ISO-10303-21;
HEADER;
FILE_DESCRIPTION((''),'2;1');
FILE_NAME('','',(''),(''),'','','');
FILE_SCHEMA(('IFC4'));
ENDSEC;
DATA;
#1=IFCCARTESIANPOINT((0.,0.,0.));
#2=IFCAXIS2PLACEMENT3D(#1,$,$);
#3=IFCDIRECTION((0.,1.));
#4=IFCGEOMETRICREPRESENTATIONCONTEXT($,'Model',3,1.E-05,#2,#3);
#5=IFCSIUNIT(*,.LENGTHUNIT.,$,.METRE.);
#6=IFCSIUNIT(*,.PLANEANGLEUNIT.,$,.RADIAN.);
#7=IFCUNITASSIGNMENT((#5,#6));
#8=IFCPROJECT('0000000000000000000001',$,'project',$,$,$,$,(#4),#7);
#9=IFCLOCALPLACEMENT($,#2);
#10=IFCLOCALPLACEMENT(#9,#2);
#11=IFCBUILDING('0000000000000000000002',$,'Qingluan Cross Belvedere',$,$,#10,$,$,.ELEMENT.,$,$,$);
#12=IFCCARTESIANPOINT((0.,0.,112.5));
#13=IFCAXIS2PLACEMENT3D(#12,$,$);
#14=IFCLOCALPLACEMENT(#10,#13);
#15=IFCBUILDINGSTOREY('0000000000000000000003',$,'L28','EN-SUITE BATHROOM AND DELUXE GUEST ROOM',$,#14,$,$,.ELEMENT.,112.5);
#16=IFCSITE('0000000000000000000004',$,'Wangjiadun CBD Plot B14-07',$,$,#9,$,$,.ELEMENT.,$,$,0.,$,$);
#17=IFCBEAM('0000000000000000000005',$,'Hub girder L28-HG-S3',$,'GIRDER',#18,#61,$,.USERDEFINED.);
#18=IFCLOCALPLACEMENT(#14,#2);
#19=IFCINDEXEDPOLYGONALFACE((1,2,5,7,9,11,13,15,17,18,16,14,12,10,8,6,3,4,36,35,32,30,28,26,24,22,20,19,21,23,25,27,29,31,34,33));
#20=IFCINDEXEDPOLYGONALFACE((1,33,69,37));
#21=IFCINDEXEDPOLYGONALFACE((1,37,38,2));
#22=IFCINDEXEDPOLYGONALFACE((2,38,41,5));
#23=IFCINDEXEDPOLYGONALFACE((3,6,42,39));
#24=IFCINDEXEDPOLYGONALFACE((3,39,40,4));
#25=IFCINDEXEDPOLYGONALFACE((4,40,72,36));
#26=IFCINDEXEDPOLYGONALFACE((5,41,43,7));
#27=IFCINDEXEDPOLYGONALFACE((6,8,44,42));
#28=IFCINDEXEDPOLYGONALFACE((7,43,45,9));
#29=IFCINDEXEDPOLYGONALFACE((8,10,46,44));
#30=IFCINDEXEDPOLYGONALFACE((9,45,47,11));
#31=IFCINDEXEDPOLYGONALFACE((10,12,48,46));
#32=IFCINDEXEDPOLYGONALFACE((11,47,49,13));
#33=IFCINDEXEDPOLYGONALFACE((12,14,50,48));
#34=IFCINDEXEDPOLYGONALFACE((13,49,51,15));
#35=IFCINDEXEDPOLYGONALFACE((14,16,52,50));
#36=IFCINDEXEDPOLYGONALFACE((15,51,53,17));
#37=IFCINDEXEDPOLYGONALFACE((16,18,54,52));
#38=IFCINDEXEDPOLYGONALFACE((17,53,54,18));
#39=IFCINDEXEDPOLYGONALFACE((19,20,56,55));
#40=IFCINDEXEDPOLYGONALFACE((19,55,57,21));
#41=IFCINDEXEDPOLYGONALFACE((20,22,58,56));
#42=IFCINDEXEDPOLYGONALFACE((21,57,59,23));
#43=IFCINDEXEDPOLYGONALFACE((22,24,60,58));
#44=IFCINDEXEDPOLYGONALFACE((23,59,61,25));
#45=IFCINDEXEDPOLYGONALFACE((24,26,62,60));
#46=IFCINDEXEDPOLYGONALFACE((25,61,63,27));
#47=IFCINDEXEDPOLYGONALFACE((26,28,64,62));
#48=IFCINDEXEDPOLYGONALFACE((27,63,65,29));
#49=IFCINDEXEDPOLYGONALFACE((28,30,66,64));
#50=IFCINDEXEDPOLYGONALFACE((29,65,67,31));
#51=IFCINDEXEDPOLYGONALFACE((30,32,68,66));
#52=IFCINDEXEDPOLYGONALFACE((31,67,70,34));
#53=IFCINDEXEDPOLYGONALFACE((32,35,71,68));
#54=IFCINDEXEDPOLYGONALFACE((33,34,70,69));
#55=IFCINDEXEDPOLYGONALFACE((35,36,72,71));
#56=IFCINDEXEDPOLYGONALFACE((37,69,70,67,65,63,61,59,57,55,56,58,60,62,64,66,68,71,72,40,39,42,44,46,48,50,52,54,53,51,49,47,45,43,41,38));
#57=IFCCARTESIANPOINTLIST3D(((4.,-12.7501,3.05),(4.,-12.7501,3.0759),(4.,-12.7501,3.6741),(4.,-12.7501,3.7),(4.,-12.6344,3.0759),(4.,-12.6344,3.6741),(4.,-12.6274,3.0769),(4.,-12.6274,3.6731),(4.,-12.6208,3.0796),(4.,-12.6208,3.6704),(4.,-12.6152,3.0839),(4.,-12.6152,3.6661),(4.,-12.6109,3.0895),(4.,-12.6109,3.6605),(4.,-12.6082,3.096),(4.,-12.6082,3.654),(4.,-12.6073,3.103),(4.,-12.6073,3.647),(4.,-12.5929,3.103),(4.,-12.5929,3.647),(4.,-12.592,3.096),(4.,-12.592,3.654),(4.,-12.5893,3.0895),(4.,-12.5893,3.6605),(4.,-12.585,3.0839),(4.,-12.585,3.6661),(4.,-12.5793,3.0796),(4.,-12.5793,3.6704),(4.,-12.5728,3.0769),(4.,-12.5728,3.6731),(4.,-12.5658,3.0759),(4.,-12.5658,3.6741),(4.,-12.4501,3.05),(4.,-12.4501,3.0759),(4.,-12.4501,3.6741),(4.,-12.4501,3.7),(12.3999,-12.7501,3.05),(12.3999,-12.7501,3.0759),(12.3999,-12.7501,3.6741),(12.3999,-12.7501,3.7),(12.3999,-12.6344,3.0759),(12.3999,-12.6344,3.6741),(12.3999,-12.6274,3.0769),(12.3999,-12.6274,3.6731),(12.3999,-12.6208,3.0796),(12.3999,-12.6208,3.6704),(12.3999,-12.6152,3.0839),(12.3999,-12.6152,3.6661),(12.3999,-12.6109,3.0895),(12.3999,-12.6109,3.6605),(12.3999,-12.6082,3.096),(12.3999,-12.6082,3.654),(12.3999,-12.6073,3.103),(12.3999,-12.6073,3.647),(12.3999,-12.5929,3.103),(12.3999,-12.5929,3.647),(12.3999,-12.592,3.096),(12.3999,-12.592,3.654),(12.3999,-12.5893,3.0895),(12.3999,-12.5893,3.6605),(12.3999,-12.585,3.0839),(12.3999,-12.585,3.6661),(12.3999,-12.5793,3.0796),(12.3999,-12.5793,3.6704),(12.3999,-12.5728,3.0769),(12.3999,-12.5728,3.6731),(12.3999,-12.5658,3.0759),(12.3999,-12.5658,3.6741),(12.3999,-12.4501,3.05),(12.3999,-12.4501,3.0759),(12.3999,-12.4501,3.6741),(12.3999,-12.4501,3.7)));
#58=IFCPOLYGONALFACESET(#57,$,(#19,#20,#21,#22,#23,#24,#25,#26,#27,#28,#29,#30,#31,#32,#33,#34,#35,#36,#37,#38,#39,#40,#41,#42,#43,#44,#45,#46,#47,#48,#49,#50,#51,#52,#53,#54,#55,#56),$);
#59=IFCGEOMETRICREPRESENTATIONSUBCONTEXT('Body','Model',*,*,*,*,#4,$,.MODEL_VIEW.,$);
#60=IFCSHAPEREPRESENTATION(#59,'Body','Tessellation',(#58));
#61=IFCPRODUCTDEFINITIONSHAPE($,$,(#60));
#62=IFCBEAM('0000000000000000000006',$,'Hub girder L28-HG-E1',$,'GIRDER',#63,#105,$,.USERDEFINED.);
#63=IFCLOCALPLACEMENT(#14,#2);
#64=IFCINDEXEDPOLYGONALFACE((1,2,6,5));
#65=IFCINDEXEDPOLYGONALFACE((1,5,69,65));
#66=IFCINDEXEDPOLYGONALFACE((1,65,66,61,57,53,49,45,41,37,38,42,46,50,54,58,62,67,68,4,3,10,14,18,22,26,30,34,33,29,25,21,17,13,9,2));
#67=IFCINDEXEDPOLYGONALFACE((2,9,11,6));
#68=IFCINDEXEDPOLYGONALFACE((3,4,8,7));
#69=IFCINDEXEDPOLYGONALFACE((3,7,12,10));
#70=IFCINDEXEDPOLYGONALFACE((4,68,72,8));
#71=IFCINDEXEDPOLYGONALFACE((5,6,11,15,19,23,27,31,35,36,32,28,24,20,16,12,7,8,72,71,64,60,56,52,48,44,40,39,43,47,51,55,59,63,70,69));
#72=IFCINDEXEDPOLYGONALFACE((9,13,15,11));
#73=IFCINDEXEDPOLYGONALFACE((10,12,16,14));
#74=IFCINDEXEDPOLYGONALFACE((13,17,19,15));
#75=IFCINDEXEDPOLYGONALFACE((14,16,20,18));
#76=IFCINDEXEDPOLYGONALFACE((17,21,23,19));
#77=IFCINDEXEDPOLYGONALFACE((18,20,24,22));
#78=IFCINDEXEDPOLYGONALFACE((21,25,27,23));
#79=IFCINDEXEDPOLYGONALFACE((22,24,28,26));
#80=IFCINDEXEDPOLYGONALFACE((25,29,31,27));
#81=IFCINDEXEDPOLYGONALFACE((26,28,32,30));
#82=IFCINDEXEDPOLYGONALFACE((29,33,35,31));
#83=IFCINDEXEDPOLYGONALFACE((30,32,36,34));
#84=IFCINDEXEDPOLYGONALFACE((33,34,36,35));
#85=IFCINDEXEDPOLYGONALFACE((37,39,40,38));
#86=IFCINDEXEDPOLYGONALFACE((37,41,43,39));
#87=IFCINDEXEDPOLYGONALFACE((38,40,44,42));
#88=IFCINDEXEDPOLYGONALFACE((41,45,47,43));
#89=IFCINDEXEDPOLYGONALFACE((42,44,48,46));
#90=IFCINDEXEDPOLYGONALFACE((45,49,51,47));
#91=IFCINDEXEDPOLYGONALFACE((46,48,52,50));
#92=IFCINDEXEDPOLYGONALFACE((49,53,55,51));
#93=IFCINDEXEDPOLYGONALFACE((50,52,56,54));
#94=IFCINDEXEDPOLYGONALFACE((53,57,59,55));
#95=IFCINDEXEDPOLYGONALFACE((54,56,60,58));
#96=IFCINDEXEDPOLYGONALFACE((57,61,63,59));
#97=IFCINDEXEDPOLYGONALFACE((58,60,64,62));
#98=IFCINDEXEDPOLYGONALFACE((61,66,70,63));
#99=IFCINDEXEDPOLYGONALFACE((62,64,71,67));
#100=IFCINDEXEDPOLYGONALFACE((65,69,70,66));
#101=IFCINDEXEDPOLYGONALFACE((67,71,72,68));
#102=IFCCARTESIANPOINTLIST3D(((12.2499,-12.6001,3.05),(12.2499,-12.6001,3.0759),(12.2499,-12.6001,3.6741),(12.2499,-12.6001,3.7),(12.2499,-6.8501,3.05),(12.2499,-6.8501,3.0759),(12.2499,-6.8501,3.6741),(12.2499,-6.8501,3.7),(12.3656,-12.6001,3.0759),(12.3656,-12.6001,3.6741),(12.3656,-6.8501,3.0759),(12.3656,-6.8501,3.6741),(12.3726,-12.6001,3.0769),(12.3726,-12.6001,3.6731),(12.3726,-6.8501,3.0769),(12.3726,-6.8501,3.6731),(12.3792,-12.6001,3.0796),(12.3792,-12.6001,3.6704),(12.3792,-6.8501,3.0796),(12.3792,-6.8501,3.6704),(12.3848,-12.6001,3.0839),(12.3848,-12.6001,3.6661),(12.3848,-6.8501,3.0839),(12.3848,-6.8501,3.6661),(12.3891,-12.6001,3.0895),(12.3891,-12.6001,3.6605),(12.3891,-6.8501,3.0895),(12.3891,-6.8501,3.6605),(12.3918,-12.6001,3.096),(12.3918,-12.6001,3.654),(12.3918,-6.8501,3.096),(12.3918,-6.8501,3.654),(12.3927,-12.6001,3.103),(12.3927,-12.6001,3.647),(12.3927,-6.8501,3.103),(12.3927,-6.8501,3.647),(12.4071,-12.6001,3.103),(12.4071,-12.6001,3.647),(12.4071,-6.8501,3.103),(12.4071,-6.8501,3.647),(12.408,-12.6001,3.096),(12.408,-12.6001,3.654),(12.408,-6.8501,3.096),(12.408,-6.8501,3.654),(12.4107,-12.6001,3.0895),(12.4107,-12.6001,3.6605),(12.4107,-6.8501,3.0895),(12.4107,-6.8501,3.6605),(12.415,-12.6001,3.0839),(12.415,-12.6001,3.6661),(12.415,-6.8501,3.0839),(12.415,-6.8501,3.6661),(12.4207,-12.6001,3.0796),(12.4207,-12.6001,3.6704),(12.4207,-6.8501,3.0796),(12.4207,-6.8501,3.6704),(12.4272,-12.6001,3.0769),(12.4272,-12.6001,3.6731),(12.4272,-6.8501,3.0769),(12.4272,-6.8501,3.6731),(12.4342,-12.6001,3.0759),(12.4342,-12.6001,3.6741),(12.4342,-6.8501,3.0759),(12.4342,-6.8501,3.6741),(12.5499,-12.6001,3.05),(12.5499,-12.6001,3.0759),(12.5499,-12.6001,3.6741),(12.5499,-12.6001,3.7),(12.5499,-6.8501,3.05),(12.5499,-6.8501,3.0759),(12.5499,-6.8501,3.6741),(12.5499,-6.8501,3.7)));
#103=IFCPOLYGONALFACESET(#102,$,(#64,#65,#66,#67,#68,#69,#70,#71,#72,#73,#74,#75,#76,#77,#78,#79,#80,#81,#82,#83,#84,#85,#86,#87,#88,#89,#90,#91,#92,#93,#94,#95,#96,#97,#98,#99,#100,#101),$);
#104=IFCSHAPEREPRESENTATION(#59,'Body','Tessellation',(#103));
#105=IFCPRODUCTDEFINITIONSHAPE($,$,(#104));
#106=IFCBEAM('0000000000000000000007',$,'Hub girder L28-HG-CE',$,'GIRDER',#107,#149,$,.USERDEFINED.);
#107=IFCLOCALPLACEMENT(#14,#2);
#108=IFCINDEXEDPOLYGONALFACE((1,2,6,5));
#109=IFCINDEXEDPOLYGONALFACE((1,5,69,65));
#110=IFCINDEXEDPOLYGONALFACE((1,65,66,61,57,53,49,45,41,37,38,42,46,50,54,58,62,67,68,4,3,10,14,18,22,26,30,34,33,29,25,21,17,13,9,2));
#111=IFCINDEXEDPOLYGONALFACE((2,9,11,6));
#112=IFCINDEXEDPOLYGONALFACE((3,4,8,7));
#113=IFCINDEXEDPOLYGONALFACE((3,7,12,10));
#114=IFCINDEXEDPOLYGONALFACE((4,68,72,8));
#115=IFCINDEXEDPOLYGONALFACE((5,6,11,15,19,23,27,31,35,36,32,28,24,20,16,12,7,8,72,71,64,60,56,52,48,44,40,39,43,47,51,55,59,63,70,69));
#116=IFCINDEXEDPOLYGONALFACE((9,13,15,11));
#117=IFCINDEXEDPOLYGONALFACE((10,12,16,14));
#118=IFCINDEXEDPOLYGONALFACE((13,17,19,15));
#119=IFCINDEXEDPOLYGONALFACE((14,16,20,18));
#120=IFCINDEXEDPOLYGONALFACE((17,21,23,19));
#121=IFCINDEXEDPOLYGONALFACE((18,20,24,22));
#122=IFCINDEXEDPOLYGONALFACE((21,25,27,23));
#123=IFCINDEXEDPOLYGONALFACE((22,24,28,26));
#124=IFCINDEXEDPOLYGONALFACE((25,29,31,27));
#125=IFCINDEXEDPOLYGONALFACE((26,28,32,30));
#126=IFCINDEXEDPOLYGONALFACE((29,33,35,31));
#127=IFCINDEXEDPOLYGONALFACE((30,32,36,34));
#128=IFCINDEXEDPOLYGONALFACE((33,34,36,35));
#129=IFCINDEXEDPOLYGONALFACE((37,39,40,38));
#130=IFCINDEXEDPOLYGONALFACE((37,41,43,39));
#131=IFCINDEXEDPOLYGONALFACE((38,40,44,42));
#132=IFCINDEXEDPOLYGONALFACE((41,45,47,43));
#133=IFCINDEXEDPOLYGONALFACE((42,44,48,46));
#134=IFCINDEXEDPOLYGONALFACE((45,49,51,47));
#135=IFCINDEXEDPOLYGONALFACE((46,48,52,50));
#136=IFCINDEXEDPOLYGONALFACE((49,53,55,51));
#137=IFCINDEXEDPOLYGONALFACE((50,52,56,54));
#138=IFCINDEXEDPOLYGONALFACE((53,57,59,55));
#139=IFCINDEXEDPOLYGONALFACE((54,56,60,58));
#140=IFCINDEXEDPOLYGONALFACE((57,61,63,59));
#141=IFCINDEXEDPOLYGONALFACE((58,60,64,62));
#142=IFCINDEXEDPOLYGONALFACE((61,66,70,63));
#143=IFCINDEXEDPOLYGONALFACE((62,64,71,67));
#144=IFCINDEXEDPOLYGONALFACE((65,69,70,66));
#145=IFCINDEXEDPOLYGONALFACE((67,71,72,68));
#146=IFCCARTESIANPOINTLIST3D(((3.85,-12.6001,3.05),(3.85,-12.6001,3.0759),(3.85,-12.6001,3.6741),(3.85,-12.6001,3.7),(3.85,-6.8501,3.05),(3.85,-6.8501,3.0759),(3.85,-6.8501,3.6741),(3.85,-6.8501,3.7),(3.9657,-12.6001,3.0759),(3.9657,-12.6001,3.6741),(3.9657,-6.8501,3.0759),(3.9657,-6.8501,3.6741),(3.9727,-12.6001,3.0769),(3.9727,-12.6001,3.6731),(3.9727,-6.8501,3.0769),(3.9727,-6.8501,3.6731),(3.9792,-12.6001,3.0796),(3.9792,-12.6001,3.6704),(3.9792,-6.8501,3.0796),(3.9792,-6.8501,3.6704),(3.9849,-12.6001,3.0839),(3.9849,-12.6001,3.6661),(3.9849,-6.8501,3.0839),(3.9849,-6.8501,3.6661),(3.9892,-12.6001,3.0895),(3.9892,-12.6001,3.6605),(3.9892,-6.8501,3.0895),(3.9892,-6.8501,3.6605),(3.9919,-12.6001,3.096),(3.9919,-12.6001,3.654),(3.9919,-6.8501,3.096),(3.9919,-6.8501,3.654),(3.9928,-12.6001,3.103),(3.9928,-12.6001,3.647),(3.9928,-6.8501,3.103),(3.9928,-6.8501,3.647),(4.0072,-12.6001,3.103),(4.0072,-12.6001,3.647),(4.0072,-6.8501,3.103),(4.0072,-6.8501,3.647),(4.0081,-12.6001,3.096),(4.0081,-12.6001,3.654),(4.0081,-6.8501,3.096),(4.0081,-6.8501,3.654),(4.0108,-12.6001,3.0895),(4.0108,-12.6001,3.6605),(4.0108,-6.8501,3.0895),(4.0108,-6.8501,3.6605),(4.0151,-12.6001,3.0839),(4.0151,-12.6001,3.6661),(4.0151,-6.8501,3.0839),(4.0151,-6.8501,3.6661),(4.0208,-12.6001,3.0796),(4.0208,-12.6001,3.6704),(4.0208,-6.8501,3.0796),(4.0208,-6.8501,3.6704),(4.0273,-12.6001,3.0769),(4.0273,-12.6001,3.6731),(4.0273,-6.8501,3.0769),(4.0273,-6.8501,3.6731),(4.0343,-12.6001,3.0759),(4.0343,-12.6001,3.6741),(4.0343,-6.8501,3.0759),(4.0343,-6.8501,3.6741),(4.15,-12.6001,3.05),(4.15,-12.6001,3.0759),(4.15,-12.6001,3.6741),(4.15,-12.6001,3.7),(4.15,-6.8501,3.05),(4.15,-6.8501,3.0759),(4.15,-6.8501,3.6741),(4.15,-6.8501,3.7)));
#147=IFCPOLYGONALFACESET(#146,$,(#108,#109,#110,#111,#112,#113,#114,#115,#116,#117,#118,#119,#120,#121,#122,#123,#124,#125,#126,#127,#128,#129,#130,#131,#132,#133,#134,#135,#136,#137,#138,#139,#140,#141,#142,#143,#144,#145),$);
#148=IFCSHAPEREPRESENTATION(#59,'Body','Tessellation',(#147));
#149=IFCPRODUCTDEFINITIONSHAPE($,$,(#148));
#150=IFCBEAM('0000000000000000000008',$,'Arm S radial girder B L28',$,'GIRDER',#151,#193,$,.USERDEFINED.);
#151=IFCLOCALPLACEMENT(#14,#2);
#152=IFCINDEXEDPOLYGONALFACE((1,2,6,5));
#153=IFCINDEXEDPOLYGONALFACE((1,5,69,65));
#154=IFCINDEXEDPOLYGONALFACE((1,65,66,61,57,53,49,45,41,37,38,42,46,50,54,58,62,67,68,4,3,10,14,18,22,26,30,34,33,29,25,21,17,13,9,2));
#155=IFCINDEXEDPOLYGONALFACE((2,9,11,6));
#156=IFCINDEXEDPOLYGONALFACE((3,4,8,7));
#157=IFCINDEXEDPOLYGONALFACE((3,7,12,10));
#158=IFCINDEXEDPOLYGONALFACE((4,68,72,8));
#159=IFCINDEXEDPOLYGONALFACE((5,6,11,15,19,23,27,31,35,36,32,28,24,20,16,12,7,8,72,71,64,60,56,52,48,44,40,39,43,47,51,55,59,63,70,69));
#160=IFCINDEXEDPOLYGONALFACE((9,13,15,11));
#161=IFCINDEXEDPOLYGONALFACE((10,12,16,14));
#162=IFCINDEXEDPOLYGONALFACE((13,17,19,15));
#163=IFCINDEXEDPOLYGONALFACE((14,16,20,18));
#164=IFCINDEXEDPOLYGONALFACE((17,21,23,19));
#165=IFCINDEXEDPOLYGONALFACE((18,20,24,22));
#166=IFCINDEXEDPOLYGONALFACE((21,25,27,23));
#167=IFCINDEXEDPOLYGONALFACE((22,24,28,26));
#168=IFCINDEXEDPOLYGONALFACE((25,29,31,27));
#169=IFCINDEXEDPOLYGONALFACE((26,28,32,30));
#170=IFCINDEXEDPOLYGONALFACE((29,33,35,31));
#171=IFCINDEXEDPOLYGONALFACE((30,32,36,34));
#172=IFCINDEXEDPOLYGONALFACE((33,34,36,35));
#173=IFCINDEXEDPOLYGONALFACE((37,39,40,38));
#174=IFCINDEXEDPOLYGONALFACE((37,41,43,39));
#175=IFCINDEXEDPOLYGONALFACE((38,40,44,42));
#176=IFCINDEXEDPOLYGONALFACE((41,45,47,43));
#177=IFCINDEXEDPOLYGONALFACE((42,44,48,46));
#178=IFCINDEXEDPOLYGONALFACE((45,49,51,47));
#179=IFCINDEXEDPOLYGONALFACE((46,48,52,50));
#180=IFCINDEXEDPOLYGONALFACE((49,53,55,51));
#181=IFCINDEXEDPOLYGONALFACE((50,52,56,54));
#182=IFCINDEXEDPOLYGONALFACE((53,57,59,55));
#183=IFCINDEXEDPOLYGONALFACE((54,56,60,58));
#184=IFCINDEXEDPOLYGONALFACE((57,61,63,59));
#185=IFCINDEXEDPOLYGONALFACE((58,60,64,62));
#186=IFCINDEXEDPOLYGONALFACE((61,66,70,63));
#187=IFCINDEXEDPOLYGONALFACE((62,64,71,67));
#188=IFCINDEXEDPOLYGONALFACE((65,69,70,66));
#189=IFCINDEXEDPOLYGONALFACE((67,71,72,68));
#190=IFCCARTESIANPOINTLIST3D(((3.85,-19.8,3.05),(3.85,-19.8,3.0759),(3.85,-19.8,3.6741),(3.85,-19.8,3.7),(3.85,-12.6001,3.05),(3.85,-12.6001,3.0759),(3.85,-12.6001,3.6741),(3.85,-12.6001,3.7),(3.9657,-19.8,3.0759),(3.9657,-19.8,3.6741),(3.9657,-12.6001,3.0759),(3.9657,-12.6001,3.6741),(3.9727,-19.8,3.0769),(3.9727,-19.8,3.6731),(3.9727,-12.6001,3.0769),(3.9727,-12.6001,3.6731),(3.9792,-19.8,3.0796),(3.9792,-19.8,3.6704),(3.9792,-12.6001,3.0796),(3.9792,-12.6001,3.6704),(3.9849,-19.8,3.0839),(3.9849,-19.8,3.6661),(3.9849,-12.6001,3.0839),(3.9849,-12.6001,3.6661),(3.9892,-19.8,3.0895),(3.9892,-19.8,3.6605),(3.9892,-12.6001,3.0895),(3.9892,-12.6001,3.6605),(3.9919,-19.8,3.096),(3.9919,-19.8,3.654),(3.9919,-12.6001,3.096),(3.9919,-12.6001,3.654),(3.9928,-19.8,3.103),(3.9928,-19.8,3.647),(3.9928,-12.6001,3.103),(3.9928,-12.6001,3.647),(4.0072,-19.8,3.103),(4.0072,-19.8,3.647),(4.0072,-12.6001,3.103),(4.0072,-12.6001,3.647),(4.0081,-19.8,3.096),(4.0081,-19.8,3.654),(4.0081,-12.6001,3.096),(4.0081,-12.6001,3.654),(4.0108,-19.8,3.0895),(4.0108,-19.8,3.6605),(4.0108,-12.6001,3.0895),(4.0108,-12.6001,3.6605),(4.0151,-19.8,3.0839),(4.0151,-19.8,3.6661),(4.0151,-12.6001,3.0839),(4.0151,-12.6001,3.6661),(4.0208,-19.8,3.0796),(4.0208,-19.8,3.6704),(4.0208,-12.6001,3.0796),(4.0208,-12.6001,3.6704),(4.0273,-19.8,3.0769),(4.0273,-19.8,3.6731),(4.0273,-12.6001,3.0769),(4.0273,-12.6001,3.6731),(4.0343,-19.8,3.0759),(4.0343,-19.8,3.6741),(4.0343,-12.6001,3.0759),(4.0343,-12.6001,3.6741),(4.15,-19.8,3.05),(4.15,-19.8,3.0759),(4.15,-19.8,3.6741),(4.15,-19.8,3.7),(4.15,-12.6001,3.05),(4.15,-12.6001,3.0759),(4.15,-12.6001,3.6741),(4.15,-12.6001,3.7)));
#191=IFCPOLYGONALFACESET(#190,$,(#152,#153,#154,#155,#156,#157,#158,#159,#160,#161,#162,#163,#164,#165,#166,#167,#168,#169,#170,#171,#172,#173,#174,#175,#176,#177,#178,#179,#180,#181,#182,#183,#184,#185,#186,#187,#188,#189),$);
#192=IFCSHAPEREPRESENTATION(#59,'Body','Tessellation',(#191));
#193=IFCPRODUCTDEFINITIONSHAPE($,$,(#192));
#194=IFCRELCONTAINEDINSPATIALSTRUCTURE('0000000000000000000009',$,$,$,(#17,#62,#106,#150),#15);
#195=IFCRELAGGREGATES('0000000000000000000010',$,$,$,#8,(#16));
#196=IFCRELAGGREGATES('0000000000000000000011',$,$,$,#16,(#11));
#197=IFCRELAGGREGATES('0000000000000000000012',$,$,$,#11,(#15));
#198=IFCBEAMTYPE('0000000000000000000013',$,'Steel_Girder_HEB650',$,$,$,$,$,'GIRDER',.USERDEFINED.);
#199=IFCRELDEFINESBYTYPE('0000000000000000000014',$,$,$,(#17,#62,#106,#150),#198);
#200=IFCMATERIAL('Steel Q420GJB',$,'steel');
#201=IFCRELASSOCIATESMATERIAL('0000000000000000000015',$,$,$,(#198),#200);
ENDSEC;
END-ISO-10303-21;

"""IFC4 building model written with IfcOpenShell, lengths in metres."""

from ifc_helpers import new_model, si_unit, direction, frame, origin, origin_2d, place, context, subcontext, project, spatial, i_section, extrude, material, material_profile, profile_set, type_object, element, save


model = new_model("IFC4")

# Units and contexts
model_context = context("Model", 3, precision=1e-05, world=origin(), true_north=direction((0.0, 1.0)))
body_context = subcontext(model_context, "Body", "Model", "MODEL_VIEW")
ifc_project = project(units=[si_unit("LENGTHUNIT", "METRE"), si_unit("PLANEANGLEUNIT", "RADIAN")], contexts=[model_context])

# Site, building, storey
site_placement = place(None, origin())
site = spatial("IfcSite", under=ifc_project, at=site_placement, Name="Wangjiadun CBD Plot B14-07", CompositionType="ELEMENT", RefElevation=0.0)
building_placement = place(site_placement, origin())
building = spatial("IfcBuilding", under=site, at=building_placement, Name="Qingluan Cross Belvedere", CompositionType="ELEMENT")
storey_placement = place(building_placement, frame((0.0, 0.0, 112.5)))
storey = spatial("IfcBuildingStorey", under=building, at=storey_placement, Name="L28", Description="EN-SUITE BATHROOM AND DELUXE GUEST ROOM", CompositionType="ELEMENT", Elevation=112.5)

# Beams
ifc_material_1 = material(Name="Steel Q420GJB", Category="steel")
ifc_material_profile_1 = material_profile(ifc_material_1, i_section(OverallWidth=0.3, OverallDepth=0.6499, WebThickness=0.0144, FlangeThickness=0.0259, FilletRadius=0.0271, at=origin_2d()), Name="HEB650")
ifc_profile_set_1 = profile_set([ifc_material_profile_1], Name="Steel Q420GJB")
beam_type_1 = type_object("IfcBeamType", Name="Steel_Girder_HEB650", ElementType="GIRDER", PredefinedType="USERDEFINED", material=ifc_profile_set_1)
beam_1_placement = place(storey_placement, frame((4.0, -12.6001, 3.375), z_axis=(1.0, 0.0, 0.0), x_axis=(0.0, 1.0, 0.0)))
element("IfcBeam", 1, at=beam_1_placement, inside=storey, type_object=beam_type_1, Name="Hub girder L28-HG-S3", ObjectType="GIRDER", PredefinedType="USERDEFINED", context=body_context, shape_type="SweptSolid", body=[
    extrude(i_section(OverallWidth=0.3, OverallDepth=0.6499, WebThickness=0.0144, FlangeThickness=0.0259, FilletRadius=0.0271, at=origin_2d()), origin(), (0.0, 0.0, 1.0), 8.3999),
])
for number, where, z_axis, x_axis, name in (
    (2, (12.3999, -12.6001, 3.375), (0.0, 1.0, 0.0), (-1.0, 0.0, 0.0), "Hub girder L28-HG-E1"),
    (3, (4.0, -12.6001, 3.375), (0.0, 1.0, 0.0), (-1.0, 0.0, 0.0), "Hub girder L28-HG-CE"),
):
    element("IfcBeam", number, at=place(storey_placement, frame(where, z_axis=z_axis, x_axis=x_axis)), inside=storey, type_object=beam_type_1, Name=name, ObjectType="GIRDER", PredefinedType="USERDEFINED", context=body_context, shape_type="SweptSolid", body=[
        extrude(i_section(OverallWidth=0.3, OverallDepth=0.6499, WebThickness=0.0144, FlangeThickness=0.0259, FilletRadius=0.0271, at=origin_2d()), origin(), (0.0, 0.0, 1.0), 5.75),
    ])
beam_2_placement = place(storey_placement, frame((4.0, -12.6001, 3.375), z_axis=(0.0, -1.0, 0.0), x_axis=(1.0, 0.0, 0.0)))
element("IfcBeam", 4, at=beam_2_placement, inside=storey, type_object=beam_type_1, Name="Arm S radial girder B L28", ObjectType="GIRDER", PredefinedType="USERDEFINED", context=body_context, shape_type="SweptSolid", body=[
    extrude(i_section(OverallWidth=0.3, OverallDepth=0.6499, WebThickness=0.0144, FlangeThickness=0.0259, FilletRadius=0.0271, at=origin_2d()), origin(), (0.0, 0.0, 1.0), 7.2),
])

save(model, "model.ifc")
